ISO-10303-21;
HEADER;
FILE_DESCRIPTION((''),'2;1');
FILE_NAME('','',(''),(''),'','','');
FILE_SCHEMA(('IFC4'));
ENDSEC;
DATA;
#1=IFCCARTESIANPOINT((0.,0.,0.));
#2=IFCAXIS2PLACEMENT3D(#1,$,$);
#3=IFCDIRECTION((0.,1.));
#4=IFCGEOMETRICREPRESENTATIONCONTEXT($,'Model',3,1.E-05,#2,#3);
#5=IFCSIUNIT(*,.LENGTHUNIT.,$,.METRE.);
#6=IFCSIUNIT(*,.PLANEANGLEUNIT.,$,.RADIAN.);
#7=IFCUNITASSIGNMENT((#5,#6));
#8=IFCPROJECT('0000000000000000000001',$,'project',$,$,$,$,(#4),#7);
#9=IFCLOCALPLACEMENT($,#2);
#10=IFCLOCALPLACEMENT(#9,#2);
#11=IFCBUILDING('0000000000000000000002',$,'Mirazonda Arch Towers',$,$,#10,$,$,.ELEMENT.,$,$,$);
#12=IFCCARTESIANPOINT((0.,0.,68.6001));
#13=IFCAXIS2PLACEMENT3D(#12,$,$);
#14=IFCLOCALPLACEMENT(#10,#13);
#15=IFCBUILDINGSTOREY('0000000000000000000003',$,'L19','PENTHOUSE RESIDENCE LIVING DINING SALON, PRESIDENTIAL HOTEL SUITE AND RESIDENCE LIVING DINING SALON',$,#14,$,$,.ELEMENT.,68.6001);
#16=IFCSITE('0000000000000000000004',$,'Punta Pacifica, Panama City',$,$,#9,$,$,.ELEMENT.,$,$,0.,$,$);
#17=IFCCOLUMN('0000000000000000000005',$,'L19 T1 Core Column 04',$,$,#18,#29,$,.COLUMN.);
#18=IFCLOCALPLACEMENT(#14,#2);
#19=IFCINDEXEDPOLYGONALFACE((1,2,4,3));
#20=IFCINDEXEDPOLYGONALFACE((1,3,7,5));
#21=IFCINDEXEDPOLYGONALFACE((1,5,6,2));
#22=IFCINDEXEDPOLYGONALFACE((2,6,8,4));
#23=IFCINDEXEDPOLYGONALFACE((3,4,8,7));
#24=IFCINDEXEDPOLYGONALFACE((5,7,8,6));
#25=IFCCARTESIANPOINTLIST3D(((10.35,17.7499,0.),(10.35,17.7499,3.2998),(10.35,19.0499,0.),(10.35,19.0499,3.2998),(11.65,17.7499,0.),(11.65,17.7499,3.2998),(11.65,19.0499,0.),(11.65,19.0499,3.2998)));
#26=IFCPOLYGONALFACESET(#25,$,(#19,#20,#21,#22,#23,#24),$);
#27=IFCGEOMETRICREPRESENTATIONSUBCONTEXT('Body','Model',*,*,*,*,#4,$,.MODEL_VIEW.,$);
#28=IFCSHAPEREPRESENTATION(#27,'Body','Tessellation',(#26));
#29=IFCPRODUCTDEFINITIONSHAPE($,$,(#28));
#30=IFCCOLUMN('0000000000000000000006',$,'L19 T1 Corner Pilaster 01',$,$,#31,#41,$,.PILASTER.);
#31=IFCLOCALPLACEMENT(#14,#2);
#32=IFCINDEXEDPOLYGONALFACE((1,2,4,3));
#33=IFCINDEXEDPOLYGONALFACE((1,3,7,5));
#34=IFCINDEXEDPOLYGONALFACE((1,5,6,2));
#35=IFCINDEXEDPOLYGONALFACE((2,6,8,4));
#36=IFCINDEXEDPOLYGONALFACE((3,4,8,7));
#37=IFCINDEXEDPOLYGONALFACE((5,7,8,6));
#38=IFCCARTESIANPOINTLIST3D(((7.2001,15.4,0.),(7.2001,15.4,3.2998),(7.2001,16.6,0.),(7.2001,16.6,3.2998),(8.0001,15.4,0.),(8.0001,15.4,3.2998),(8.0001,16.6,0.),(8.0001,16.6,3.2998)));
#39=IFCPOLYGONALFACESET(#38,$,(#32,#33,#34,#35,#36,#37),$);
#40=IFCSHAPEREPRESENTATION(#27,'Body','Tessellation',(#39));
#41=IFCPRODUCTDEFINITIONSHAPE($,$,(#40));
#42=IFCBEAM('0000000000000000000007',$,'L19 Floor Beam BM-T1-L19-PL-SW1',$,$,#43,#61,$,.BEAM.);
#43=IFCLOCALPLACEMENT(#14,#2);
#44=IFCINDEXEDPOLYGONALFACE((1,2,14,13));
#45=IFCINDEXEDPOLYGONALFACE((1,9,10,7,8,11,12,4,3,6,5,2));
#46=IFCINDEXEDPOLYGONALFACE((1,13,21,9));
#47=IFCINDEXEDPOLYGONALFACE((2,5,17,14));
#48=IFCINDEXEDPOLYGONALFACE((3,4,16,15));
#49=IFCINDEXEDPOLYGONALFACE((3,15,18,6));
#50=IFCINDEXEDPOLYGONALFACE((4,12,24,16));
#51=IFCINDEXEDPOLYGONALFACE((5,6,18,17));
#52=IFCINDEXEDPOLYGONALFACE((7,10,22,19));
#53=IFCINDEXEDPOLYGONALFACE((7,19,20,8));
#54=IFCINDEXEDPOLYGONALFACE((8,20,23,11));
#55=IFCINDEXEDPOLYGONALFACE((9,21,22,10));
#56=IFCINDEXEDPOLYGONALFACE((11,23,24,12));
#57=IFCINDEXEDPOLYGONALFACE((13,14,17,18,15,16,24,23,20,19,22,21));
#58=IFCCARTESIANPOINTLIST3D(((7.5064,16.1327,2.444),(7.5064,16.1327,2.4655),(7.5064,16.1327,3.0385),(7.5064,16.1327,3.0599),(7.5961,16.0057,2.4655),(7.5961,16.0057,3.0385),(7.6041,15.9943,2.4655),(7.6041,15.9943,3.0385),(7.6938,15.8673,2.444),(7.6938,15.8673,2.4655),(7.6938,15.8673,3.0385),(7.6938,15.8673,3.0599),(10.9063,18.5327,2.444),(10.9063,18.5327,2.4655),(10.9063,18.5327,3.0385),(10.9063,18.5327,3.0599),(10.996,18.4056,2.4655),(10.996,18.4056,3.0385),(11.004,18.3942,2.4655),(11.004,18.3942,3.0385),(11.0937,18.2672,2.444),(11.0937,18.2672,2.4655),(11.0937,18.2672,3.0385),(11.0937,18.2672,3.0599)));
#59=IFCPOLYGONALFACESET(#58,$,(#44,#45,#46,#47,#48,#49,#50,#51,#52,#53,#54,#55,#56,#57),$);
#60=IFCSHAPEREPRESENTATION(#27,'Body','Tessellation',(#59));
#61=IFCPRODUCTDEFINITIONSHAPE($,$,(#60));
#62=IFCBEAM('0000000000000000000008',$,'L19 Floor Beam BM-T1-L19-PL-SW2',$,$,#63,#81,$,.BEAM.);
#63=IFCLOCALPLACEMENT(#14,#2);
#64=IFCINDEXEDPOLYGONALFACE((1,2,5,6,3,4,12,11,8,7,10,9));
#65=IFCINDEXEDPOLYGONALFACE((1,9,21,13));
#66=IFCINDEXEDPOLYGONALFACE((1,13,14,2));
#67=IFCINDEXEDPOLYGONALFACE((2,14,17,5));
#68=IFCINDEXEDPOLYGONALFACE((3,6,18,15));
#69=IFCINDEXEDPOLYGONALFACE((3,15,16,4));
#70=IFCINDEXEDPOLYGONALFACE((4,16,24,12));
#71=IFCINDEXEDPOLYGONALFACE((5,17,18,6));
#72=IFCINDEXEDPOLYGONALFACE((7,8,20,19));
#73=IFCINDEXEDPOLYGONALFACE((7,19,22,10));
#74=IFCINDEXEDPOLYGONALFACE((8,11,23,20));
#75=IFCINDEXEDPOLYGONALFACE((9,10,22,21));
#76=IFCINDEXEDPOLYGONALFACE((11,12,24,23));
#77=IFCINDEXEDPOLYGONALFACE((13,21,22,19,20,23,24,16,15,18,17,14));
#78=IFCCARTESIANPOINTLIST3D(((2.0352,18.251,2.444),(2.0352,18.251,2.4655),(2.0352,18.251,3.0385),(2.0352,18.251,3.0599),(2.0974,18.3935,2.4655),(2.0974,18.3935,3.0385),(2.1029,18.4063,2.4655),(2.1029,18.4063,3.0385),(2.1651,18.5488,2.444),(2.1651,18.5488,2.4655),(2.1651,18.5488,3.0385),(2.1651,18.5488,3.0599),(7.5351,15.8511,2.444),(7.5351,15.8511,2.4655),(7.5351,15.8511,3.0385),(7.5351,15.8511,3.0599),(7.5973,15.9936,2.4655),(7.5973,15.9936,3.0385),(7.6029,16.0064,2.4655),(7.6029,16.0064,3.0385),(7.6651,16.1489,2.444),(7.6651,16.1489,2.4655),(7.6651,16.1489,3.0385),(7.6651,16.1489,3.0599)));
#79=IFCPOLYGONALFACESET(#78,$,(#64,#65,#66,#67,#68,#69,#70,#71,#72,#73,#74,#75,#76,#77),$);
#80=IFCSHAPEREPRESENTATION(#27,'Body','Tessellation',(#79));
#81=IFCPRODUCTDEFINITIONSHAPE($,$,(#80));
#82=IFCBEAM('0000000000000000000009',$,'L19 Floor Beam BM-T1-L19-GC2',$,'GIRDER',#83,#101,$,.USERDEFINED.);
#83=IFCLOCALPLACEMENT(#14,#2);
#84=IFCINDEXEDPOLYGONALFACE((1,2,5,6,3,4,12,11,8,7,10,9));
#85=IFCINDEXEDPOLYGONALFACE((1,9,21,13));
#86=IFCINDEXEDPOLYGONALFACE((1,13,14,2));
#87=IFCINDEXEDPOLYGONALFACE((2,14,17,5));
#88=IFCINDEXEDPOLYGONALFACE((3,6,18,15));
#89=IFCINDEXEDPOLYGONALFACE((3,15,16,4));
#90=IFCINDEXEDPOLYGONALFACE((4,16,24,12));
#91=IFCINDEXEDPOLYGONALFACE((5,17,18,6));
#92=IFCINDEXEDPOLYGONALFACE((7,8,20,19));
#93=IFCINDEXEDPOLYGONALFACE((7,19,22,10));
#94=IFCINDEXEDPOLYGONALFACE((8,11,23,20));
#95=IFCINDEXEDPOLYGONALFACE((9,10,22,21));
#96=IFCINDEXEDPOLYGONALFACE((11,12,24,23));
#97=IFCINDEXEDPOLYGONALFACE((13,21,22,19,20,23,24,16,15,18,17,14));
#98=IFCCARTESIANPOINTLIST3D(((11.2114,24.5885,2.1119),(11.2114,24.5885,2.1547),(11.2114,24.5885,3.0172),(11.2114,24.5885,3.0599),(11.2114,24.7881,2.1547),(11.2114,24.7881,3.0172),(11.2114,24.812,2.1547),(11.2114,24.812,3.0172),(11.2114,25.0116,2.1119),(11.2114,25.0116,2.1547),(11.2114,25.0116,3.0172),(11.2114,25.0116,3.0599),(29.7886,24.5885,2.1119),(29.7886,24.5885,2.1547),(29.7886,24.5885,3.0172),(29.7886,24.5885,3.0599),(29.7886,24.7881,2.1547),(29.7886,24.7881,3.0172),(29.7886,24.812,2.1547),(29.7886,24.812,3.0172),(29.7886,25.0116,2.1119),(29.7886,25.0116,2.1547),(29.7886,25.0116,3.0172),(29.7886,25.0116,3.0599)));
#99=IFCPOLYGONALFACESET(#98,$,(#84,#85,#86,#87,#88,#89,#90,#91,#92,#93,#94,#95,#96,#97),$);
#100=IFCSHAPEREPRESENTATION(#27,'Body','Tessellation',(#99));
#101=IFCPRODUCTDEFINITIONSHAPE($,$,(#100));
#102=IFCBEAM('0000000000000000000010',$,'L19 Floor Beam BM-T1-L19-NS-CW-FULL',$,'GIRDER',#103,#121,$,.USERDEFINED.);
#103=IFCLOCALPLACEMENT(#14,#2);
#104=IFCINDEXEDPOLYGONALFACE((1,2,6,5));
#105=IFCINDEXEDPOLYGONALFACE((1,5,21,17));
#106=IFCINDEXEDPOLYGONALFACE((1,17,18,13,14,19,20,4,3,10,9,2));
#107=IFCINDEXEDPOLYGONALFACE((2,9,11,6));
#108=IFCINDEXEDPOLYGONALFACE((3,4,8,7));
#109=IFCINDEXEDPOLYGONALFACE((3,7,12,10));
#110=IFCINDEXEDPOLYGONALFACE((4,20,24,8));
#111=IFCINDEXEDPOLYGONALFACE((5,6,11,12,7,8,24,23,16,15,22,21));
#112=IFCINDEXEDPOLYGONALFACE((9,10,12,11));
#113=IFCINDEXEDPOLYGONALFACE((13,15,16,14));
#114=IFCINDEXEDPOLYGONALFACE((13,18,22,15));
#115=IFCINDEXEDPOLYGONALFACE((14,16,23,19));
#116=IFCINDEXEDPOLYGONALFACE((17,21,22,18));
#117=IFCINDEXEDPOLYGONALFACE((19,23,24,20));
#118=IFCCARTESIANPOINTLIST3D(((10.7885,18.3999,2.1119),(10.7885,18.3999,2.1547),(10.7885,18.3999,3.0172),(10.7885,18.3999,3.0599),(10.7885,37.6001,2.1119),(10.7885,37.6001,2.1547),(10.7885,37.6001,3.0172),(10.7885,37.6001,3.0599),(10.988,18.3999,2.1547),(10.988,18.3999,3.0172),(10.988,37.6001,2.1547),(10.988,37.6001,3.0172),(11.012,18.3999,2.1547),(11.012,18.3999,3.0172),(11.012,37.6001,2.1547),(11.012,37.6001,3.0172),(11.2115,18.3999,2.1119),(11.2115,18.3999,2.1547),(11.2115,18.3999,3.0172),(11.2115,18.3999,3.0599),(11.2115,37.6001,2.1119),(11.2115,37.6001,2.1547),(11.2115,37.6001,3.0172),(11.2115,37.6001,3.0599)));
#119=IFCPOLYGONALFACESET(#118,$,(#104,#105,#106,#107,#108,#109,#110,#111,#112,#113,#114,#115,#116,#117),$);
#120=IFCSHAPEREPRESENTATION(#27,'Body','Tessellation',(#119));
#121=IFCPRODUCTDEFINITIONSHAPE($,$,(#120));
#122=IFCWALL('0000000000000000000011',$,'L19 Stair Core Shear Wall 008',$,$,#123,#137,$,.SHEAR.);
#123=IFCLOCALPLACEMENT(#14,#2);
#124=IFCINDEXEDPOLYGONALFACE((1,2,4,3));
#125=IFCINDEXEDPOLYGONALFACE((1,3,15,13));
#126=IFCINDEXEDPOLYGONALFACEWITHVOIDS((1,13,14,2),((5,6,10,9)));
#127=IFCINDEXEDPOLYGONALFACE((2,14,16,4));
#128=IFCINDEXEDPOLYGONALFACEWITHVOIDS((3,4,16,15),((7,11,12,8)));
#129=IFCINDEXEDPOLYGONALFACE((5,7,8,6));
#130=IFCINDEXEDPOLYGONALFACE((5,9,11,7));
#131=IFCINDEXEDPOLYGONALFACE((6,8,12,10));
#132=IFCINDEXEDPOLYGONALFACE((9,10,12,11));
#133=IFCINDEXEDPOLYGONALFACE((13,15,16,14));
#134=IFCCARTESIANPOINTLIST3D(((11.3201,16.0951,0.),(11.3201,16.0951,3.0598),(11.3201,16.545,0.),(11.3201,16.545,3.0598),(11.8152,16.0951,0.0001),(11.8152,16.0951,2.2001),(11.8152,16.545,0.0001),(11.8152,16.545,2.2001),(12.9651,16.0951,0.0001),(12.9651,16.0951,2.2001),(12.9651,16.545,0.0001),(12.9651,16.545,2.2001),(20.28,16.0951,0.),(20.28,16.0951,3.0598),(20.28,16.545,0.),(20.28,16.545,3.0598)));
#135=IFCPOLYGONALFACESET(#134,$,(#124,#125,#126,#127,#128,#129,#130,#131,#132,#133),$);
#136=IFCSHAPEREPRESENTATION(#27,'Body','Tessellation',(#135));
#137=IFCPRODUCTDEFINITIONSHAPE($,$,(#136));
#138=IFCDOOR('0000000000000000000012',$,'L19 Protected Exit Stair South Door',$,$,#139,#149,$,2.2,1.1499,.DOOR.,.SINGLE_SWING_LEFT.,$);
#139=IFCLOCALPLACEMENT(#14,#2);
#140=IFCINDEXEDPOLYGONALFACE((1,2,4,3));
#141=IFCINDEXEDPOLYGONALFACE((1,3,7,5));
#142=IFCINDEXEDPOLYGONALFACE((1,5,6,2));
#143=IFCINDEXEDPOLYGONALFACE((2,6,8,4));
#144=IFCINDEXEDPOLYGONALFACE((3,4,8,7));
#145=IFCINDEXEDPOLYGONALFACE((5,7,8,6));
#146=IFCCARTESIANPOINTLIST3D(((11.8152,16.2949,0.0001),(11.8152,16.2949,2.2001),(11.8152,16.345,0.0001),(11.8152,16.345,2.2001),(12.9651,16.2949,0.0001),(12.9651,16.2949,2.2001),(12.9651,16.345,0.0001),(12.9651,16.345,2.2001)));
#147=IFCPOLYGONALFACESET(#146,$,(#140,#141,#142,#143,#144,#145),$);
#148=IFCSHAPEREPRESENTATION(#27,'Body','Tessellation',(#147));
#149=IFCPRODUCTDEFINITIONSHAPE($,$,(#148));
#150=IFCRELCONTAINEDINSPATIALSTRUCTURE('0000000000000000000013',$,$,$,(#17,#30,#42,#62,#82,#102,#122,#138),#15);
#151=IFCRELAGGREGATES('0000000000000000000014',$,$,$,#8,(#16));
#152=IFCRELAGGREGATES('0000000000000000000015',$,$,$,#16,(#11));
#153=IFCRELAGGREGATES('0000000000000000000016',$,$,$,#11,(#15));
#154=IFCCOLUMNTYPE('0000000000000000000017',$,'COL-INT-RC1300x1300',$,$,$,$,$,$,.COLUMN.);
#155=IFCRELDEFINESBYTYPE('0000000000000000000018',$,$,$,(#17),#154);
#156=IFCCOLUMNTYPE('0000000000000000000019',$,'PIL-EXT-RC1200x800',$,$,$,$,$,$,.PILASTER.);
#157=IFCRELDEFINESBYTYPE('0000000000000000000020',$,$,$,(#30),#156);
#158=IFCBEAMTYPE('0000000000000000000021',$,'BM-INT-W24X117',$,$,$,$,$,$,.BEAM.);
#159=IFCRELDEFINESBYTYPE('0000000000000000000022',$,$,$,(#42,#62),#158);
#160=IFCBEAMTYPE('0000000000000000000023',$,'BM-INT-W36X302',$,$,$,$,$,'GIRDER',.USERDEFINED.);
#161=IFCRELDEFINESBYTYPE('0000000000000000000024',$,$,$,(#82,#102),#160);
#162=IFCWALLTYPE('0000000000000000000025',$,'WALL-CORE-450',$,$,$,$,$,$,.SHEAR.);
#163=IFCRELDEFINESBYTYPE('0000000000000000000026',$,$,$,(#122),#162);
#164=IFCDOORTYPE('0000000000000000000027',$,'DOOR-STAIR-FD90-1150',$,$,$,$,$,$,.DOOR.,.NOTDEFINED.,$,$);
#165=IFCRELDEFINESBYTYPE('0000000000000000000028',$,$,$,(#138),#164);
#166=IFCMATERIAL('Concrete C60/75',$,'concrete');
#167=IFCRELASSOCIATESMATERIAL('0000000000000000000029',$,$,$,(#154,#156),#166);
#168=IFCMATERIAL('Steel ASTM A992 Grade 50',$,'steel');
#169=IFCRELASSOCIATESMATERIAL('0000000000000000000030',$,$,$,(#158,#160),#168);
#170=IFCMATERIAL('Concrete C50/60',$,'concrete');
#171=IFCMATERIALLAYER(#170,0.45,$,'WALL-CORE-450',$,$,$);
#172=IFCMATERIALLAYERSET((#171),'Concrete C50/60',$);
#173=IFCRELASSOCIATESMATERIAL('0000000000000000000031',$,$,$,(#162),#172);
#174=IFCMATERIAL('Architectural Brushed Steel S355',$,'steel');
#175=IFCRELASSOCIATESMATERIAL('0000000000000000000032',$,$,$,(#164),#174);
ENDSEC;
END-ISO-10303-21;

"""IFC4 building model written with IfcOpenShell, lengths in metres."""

from ifc_helpers import new_model, si_unit, direction, frame, frame_2d, origin, origin_2d, place, context, subcontext, project, spatial, rectangle, i_section, extrude, material, layer, layer_set, material_profile, profile_set, type_object, element, fill, save


model = new_model("IFC4")

# Units and contexts
model_context = context("Model", 3, precision=1e-05, world=origin(), true_north=direction((0.0, 1.0)))
body_context = subcontext(model_context, "Body", "Model", "MODEL_VIEW")
ifc_project = project(units=[si_unit("LENGTHUNIT", "METRE"), si_unit("PLANEANGLEUNIT", "RADIAN")], contexts=[model_context])

# Site, building, storey
site_placement = place(None, origin())
site = spatial("IfcSite", under=ifc_project, at=site_placement, Name="Punta Pacifica, Panama City", CompositionType="ELEMENT", RefElevation=0.0)
building_placement = place(site_placement, origin())
building = spatial("IfcBuilding", under=site, at=building_placement, Name="Mirazonda Arch Towers", CompositionType="ELEMENT")
storey_placement = place(building_placement, frame((0.0, 0.0, 68.6001)))
storey = spatial("IfcBuildingStorey", under=building, at=storey_placement, Name="L19", Description="PENTHOUSE RESIDENCE LIVING DINING SALON, PRESIDENTIAL HOTEL SUITE AND RESIDENCE LIVING DINING SALON", CompositionType="ELEMENT", Elevation=68.6001)

# Columns
ifc_material_1 = material(Name="Concrete C60/75", Category="concrete")
ifc_material_profile_1 = material_profile(ifc_material_1, rectangle(XDim=1.3, YDim=1.3, at=origin_2d()), Name="RC1300x1300")
ifc_profile_set_1 = profile_set([ifc_material_profile_1], Name="Concrete C60/75")
column_type_1 = type_object("IfcColumnType", Name="COL-INT-RC1300x1300", PredefinedType="COLUMN", material=ifc_profile_set_1)
column_1_placement = place(storey_placement, frame((11.0, 18.3999, 0.0), z_axis=(0.0, 0.0, 1.0), x_axis=(1.0, 0.0, 0.0)))
element("IfcColumn", 1, at=column_1_placement, inside=storey, type_object=column_type_1, Name="L19 T1 Core Column 04", PredefinedType="COLUMN", context=body_context, shape_type="SweptSolid", body=[
    extrude(rectangle(XDim=1.3, YDim=1.3, at=origin_2d()), origin(), (0.0, 0.0, 1.0), 3.2998),
])
ifc_material_profile_2 = material_profile(ifc_material_1, rectangle(XDim=0.8, YDim=1.2, at=origin_2d()), Name="RC1200x800")
ifc_profile_set_2 = profile_set([ifc_material_profile_2], Name="Concrete C60/75")
column_type_2 = type_object("IfcColumnType", Name="PIL-EXT-RC1200x800", PredefinedType="PILASTER", material=ifc_profile_set_2)
column_2_placement = place(storey_placement, frame((7.6001, 16.0, 0.0), z_axis=(0.0, 0.0, 1.0), x_axis=(1.0, 0.0, 0.0)))
element("IfcColumn", 2, at=column_2_placement, inside=storey, type_object=column_type_2, Name="L19 T1 Corner Pilaster 01", PredefinedType="PILASTER", context=body_context, shape_type="SweptSolid", body=[
    extrude(rectangle(XDim=0.8, YDim=1.2, at=origin_2d()), origin(), (0.0, 0.0, 1.0), 3.2998),
])

# Beams
ifc_material_2 = material(Name="Steel ASTM A992 Grade 50", Category="steel")
ifc_material_profile_3 = material_profile(ifc_material_2, i_section(OverallWidth=0.325, OverallDepth=0.616, WebThickness=0.0139, FlangeThickness=0.0215, at=origin_2d()), Name="W24X117")
ifc_profile_set_3 = profile_set([ifc_material_profile_3], Name="Steel ASTM A992 Grade 50")
beam_type_1 = type_object("IfcBeamType", Name="BM-INT-W24X117", PredefinedType="BEAM", material=ifc_profile_set_3)
beam_1_placement = place(storey_placement, frame((7.6001, 16.0, 2.752), z_axis=(0.816971, 0.576679, 0.0), x_axis=(-0.576679, 0.816971, 0.0)))
element("IfcBeam", 3, at=beam_1_placement, inside=storey, type_object=beam_type_1, Name="L19 Floor Beam BM-T1-L19-PL-SW1", PredefinedType="BEAM", context=body_context, shape_type="SweptSolid", body=[
    extrude(i_section(OverallWidth=0.325, OverallDepth=0.616, WebThickness=0.0139, FlangeThickness=0.0215, at=origin_2d()), origin(), (0.0, 0.0, 1.0), 4.1616),
])
beam_2_placement = place(storey_placement, frame((7.6001, 16.0, 2.752), z_axis=(-0.916545, 0.399931, 0.0), x_axis=(-0.399931, -0.916545, 0.0)))
element("IfcBeam", 4, at=beam_2_placement, inside=storey, type_object=beam_type_1, Name="L19 Floor Beam BM-T1-L19-PL-SW2", PredefinedType="BEAM", context=body_context, shape_type="SweptSolid", body=[
    extrude(i_section(OverallWidth=0.325, OverallDepth=0.616, WebThickness=0.0139, FlangeThickness=0.0215, at=origin_2d()), origin(), (0.0, 0.0, 1.0), 6.0007),
])
ifc_material_profile_4 = material_profile(ifc_material_2, i_section(OverallWidth=0.4231, OverallDepth=0.948, WebThickness=0.0239, FlangeThickness=0.0427, at=origin_2d()), Name="W36X302")
ifc_profile_set_4 = profile_set([ifc_material_profile_4], Name="Steel ASTM A992 Grade 50")
beam_type_2 = type_object("IfcBeamType", Name="BM-INT-W36X302", ElementType="GIRDER", PredefinedType="USERDEFINED", material=ifc_profile_set_4)
beam_3_placement = place(storey_placement, frame((11.2114, 24.8, 2.5859), z_axis=(1.0, 0.0, 0.0), x_axis=(0.0, 1.0, 0.0)))
element("IfcBeam", 5, at=beam_3_placement, inside=storey, type_object=beam_type_2, Name="L19 Floor Beam BM-T1-L19-GC2", ObjectType="GIRDER", PredefinedType="USERDEFINED", context=body_context, shape_type="SweptSolid", body=[
    extrude(i_section(OverallWidth=0.4231, OverallDepth=0.948, WebThickness=0.0239, FlangeThickness=0.0427, at=origin_2d()), origin(), (0.0, 0.0, 1.0), 18.5771),
])
beam_4_placement = place(storey_placement, frame((11.0, 18.3999, 2.5859), z_axis=(0.0, 1.0, 0.0), x_axis=(-1.0, 0.0, 0.0)))
element("IfcBeam", 6, at=beam_4_placement, inside=storey, type_object=beam_type_2, Name="L19 Floor Beam BM-T1-L19-NS-CW-FULL", ObjectType="GIRDER", PredefinedType="USERDEFINED", context=body_context, shape_type="SweptSolid", body=[
    extrude(i_section(OverallWidth=0.4231, OverallDepth=0.948, WebThickness=0.0239, FlangeThickness=0.0427, at=origin_2d()), origin(), (0.0, 0.0, 1.0), 19.2002),
])

# Wall, opening, door
ifc_material_3 = material(Name="Concrete C50/60", Category="concrete")
ifc_layer_1 = layer(ifc_material_3, 0.45, Name="WALL-CORE-450")
ifc_layer_set_1 = layer_set([ifc_layer_1], Name="Concrete C50/60")
wall_type_1 = type_object("IfcWallType", Name="WALL-CORE-450", PredefinedType="SHEAR", material=ifc_layer_set_1)
wall_1_placement = place(storey_placement, frame((11.3201, 16.3201, 0.0), z_axis=(0.0, 0.0, 1.0), x_axis=(1.0, 0.0, 0.0)))
wall_1 = element("IfcWall", 7, at=wall_1_placement, inside=storey, type_object=wall_type_1, Name="L19 Stair Core Shear Wall 008", PredefinedType="SHEAR", context=body_context, shape_type="SweptSolid", body=[
    extrude(rectangle(XDim=8.96, YDim=0.45, at=frame_2d((4.48, 0.0))), origin(), (0.0, 0.0, 1.0), 3.0598),
])
opening_1_placement = place(wall_1_placement, frame((0.4951, 0.0, 0.0)))
opening_1 = element("IfcOpeningElement", 8, at=opening_1_placement, cuts=wall_1, PredefinedType="OPENING", context=body_context, shape_type="SweptSolid", body=[
    extrude(rectangle(XDim=1.1499, YDim=2.2, at=frame_2d((0.575, 1.1001))), frame((0.0, 0.2349, 0.0), z_axis=(0.0, -1.0, 0.0), x_axis=(1.0, 0.0, 0.0)), (0.0, 0.0, 1.0), 0.47),
])
ifc_material_4 = material(Name="Architectural Brushed Steel S355", Category="steel")
door_type_1 = type_object("IfcDoorType", Name="DOOR-STAIR-FD90-1150", OperationType="NOTDEFINED", PredefinedType="DOOR", material=ifc_material_4)
door_1_placement = place(opening_1_placement, origin())
door_1 = element("IfcDoor", 9, at=door_1_placement, inside=storey, type_object=door_type_1, Name="L19 Protected Exit Stair South Door", OperationType="SINGLE_SWING_LEFT", OverallHeight=2.2, OverallWidth=1.1499, PredefinedType="DOOR", context=body_context, shape_type="SweptSolid", body=[
    extrude(rectangle(XDim=1.1499, YDim=2.2, at=frame_2d((0.575, 1.1001))), frame((0.0, 0.0249, 0.0), z_axis=(0.0, -1.0, 0.0), x_axis=(1.0, 0.0, 0.0)), (0.0, 0.0, 1.0), 0.05),
])
fill(opening_1, door_1)

save(model, "model.ifc")
